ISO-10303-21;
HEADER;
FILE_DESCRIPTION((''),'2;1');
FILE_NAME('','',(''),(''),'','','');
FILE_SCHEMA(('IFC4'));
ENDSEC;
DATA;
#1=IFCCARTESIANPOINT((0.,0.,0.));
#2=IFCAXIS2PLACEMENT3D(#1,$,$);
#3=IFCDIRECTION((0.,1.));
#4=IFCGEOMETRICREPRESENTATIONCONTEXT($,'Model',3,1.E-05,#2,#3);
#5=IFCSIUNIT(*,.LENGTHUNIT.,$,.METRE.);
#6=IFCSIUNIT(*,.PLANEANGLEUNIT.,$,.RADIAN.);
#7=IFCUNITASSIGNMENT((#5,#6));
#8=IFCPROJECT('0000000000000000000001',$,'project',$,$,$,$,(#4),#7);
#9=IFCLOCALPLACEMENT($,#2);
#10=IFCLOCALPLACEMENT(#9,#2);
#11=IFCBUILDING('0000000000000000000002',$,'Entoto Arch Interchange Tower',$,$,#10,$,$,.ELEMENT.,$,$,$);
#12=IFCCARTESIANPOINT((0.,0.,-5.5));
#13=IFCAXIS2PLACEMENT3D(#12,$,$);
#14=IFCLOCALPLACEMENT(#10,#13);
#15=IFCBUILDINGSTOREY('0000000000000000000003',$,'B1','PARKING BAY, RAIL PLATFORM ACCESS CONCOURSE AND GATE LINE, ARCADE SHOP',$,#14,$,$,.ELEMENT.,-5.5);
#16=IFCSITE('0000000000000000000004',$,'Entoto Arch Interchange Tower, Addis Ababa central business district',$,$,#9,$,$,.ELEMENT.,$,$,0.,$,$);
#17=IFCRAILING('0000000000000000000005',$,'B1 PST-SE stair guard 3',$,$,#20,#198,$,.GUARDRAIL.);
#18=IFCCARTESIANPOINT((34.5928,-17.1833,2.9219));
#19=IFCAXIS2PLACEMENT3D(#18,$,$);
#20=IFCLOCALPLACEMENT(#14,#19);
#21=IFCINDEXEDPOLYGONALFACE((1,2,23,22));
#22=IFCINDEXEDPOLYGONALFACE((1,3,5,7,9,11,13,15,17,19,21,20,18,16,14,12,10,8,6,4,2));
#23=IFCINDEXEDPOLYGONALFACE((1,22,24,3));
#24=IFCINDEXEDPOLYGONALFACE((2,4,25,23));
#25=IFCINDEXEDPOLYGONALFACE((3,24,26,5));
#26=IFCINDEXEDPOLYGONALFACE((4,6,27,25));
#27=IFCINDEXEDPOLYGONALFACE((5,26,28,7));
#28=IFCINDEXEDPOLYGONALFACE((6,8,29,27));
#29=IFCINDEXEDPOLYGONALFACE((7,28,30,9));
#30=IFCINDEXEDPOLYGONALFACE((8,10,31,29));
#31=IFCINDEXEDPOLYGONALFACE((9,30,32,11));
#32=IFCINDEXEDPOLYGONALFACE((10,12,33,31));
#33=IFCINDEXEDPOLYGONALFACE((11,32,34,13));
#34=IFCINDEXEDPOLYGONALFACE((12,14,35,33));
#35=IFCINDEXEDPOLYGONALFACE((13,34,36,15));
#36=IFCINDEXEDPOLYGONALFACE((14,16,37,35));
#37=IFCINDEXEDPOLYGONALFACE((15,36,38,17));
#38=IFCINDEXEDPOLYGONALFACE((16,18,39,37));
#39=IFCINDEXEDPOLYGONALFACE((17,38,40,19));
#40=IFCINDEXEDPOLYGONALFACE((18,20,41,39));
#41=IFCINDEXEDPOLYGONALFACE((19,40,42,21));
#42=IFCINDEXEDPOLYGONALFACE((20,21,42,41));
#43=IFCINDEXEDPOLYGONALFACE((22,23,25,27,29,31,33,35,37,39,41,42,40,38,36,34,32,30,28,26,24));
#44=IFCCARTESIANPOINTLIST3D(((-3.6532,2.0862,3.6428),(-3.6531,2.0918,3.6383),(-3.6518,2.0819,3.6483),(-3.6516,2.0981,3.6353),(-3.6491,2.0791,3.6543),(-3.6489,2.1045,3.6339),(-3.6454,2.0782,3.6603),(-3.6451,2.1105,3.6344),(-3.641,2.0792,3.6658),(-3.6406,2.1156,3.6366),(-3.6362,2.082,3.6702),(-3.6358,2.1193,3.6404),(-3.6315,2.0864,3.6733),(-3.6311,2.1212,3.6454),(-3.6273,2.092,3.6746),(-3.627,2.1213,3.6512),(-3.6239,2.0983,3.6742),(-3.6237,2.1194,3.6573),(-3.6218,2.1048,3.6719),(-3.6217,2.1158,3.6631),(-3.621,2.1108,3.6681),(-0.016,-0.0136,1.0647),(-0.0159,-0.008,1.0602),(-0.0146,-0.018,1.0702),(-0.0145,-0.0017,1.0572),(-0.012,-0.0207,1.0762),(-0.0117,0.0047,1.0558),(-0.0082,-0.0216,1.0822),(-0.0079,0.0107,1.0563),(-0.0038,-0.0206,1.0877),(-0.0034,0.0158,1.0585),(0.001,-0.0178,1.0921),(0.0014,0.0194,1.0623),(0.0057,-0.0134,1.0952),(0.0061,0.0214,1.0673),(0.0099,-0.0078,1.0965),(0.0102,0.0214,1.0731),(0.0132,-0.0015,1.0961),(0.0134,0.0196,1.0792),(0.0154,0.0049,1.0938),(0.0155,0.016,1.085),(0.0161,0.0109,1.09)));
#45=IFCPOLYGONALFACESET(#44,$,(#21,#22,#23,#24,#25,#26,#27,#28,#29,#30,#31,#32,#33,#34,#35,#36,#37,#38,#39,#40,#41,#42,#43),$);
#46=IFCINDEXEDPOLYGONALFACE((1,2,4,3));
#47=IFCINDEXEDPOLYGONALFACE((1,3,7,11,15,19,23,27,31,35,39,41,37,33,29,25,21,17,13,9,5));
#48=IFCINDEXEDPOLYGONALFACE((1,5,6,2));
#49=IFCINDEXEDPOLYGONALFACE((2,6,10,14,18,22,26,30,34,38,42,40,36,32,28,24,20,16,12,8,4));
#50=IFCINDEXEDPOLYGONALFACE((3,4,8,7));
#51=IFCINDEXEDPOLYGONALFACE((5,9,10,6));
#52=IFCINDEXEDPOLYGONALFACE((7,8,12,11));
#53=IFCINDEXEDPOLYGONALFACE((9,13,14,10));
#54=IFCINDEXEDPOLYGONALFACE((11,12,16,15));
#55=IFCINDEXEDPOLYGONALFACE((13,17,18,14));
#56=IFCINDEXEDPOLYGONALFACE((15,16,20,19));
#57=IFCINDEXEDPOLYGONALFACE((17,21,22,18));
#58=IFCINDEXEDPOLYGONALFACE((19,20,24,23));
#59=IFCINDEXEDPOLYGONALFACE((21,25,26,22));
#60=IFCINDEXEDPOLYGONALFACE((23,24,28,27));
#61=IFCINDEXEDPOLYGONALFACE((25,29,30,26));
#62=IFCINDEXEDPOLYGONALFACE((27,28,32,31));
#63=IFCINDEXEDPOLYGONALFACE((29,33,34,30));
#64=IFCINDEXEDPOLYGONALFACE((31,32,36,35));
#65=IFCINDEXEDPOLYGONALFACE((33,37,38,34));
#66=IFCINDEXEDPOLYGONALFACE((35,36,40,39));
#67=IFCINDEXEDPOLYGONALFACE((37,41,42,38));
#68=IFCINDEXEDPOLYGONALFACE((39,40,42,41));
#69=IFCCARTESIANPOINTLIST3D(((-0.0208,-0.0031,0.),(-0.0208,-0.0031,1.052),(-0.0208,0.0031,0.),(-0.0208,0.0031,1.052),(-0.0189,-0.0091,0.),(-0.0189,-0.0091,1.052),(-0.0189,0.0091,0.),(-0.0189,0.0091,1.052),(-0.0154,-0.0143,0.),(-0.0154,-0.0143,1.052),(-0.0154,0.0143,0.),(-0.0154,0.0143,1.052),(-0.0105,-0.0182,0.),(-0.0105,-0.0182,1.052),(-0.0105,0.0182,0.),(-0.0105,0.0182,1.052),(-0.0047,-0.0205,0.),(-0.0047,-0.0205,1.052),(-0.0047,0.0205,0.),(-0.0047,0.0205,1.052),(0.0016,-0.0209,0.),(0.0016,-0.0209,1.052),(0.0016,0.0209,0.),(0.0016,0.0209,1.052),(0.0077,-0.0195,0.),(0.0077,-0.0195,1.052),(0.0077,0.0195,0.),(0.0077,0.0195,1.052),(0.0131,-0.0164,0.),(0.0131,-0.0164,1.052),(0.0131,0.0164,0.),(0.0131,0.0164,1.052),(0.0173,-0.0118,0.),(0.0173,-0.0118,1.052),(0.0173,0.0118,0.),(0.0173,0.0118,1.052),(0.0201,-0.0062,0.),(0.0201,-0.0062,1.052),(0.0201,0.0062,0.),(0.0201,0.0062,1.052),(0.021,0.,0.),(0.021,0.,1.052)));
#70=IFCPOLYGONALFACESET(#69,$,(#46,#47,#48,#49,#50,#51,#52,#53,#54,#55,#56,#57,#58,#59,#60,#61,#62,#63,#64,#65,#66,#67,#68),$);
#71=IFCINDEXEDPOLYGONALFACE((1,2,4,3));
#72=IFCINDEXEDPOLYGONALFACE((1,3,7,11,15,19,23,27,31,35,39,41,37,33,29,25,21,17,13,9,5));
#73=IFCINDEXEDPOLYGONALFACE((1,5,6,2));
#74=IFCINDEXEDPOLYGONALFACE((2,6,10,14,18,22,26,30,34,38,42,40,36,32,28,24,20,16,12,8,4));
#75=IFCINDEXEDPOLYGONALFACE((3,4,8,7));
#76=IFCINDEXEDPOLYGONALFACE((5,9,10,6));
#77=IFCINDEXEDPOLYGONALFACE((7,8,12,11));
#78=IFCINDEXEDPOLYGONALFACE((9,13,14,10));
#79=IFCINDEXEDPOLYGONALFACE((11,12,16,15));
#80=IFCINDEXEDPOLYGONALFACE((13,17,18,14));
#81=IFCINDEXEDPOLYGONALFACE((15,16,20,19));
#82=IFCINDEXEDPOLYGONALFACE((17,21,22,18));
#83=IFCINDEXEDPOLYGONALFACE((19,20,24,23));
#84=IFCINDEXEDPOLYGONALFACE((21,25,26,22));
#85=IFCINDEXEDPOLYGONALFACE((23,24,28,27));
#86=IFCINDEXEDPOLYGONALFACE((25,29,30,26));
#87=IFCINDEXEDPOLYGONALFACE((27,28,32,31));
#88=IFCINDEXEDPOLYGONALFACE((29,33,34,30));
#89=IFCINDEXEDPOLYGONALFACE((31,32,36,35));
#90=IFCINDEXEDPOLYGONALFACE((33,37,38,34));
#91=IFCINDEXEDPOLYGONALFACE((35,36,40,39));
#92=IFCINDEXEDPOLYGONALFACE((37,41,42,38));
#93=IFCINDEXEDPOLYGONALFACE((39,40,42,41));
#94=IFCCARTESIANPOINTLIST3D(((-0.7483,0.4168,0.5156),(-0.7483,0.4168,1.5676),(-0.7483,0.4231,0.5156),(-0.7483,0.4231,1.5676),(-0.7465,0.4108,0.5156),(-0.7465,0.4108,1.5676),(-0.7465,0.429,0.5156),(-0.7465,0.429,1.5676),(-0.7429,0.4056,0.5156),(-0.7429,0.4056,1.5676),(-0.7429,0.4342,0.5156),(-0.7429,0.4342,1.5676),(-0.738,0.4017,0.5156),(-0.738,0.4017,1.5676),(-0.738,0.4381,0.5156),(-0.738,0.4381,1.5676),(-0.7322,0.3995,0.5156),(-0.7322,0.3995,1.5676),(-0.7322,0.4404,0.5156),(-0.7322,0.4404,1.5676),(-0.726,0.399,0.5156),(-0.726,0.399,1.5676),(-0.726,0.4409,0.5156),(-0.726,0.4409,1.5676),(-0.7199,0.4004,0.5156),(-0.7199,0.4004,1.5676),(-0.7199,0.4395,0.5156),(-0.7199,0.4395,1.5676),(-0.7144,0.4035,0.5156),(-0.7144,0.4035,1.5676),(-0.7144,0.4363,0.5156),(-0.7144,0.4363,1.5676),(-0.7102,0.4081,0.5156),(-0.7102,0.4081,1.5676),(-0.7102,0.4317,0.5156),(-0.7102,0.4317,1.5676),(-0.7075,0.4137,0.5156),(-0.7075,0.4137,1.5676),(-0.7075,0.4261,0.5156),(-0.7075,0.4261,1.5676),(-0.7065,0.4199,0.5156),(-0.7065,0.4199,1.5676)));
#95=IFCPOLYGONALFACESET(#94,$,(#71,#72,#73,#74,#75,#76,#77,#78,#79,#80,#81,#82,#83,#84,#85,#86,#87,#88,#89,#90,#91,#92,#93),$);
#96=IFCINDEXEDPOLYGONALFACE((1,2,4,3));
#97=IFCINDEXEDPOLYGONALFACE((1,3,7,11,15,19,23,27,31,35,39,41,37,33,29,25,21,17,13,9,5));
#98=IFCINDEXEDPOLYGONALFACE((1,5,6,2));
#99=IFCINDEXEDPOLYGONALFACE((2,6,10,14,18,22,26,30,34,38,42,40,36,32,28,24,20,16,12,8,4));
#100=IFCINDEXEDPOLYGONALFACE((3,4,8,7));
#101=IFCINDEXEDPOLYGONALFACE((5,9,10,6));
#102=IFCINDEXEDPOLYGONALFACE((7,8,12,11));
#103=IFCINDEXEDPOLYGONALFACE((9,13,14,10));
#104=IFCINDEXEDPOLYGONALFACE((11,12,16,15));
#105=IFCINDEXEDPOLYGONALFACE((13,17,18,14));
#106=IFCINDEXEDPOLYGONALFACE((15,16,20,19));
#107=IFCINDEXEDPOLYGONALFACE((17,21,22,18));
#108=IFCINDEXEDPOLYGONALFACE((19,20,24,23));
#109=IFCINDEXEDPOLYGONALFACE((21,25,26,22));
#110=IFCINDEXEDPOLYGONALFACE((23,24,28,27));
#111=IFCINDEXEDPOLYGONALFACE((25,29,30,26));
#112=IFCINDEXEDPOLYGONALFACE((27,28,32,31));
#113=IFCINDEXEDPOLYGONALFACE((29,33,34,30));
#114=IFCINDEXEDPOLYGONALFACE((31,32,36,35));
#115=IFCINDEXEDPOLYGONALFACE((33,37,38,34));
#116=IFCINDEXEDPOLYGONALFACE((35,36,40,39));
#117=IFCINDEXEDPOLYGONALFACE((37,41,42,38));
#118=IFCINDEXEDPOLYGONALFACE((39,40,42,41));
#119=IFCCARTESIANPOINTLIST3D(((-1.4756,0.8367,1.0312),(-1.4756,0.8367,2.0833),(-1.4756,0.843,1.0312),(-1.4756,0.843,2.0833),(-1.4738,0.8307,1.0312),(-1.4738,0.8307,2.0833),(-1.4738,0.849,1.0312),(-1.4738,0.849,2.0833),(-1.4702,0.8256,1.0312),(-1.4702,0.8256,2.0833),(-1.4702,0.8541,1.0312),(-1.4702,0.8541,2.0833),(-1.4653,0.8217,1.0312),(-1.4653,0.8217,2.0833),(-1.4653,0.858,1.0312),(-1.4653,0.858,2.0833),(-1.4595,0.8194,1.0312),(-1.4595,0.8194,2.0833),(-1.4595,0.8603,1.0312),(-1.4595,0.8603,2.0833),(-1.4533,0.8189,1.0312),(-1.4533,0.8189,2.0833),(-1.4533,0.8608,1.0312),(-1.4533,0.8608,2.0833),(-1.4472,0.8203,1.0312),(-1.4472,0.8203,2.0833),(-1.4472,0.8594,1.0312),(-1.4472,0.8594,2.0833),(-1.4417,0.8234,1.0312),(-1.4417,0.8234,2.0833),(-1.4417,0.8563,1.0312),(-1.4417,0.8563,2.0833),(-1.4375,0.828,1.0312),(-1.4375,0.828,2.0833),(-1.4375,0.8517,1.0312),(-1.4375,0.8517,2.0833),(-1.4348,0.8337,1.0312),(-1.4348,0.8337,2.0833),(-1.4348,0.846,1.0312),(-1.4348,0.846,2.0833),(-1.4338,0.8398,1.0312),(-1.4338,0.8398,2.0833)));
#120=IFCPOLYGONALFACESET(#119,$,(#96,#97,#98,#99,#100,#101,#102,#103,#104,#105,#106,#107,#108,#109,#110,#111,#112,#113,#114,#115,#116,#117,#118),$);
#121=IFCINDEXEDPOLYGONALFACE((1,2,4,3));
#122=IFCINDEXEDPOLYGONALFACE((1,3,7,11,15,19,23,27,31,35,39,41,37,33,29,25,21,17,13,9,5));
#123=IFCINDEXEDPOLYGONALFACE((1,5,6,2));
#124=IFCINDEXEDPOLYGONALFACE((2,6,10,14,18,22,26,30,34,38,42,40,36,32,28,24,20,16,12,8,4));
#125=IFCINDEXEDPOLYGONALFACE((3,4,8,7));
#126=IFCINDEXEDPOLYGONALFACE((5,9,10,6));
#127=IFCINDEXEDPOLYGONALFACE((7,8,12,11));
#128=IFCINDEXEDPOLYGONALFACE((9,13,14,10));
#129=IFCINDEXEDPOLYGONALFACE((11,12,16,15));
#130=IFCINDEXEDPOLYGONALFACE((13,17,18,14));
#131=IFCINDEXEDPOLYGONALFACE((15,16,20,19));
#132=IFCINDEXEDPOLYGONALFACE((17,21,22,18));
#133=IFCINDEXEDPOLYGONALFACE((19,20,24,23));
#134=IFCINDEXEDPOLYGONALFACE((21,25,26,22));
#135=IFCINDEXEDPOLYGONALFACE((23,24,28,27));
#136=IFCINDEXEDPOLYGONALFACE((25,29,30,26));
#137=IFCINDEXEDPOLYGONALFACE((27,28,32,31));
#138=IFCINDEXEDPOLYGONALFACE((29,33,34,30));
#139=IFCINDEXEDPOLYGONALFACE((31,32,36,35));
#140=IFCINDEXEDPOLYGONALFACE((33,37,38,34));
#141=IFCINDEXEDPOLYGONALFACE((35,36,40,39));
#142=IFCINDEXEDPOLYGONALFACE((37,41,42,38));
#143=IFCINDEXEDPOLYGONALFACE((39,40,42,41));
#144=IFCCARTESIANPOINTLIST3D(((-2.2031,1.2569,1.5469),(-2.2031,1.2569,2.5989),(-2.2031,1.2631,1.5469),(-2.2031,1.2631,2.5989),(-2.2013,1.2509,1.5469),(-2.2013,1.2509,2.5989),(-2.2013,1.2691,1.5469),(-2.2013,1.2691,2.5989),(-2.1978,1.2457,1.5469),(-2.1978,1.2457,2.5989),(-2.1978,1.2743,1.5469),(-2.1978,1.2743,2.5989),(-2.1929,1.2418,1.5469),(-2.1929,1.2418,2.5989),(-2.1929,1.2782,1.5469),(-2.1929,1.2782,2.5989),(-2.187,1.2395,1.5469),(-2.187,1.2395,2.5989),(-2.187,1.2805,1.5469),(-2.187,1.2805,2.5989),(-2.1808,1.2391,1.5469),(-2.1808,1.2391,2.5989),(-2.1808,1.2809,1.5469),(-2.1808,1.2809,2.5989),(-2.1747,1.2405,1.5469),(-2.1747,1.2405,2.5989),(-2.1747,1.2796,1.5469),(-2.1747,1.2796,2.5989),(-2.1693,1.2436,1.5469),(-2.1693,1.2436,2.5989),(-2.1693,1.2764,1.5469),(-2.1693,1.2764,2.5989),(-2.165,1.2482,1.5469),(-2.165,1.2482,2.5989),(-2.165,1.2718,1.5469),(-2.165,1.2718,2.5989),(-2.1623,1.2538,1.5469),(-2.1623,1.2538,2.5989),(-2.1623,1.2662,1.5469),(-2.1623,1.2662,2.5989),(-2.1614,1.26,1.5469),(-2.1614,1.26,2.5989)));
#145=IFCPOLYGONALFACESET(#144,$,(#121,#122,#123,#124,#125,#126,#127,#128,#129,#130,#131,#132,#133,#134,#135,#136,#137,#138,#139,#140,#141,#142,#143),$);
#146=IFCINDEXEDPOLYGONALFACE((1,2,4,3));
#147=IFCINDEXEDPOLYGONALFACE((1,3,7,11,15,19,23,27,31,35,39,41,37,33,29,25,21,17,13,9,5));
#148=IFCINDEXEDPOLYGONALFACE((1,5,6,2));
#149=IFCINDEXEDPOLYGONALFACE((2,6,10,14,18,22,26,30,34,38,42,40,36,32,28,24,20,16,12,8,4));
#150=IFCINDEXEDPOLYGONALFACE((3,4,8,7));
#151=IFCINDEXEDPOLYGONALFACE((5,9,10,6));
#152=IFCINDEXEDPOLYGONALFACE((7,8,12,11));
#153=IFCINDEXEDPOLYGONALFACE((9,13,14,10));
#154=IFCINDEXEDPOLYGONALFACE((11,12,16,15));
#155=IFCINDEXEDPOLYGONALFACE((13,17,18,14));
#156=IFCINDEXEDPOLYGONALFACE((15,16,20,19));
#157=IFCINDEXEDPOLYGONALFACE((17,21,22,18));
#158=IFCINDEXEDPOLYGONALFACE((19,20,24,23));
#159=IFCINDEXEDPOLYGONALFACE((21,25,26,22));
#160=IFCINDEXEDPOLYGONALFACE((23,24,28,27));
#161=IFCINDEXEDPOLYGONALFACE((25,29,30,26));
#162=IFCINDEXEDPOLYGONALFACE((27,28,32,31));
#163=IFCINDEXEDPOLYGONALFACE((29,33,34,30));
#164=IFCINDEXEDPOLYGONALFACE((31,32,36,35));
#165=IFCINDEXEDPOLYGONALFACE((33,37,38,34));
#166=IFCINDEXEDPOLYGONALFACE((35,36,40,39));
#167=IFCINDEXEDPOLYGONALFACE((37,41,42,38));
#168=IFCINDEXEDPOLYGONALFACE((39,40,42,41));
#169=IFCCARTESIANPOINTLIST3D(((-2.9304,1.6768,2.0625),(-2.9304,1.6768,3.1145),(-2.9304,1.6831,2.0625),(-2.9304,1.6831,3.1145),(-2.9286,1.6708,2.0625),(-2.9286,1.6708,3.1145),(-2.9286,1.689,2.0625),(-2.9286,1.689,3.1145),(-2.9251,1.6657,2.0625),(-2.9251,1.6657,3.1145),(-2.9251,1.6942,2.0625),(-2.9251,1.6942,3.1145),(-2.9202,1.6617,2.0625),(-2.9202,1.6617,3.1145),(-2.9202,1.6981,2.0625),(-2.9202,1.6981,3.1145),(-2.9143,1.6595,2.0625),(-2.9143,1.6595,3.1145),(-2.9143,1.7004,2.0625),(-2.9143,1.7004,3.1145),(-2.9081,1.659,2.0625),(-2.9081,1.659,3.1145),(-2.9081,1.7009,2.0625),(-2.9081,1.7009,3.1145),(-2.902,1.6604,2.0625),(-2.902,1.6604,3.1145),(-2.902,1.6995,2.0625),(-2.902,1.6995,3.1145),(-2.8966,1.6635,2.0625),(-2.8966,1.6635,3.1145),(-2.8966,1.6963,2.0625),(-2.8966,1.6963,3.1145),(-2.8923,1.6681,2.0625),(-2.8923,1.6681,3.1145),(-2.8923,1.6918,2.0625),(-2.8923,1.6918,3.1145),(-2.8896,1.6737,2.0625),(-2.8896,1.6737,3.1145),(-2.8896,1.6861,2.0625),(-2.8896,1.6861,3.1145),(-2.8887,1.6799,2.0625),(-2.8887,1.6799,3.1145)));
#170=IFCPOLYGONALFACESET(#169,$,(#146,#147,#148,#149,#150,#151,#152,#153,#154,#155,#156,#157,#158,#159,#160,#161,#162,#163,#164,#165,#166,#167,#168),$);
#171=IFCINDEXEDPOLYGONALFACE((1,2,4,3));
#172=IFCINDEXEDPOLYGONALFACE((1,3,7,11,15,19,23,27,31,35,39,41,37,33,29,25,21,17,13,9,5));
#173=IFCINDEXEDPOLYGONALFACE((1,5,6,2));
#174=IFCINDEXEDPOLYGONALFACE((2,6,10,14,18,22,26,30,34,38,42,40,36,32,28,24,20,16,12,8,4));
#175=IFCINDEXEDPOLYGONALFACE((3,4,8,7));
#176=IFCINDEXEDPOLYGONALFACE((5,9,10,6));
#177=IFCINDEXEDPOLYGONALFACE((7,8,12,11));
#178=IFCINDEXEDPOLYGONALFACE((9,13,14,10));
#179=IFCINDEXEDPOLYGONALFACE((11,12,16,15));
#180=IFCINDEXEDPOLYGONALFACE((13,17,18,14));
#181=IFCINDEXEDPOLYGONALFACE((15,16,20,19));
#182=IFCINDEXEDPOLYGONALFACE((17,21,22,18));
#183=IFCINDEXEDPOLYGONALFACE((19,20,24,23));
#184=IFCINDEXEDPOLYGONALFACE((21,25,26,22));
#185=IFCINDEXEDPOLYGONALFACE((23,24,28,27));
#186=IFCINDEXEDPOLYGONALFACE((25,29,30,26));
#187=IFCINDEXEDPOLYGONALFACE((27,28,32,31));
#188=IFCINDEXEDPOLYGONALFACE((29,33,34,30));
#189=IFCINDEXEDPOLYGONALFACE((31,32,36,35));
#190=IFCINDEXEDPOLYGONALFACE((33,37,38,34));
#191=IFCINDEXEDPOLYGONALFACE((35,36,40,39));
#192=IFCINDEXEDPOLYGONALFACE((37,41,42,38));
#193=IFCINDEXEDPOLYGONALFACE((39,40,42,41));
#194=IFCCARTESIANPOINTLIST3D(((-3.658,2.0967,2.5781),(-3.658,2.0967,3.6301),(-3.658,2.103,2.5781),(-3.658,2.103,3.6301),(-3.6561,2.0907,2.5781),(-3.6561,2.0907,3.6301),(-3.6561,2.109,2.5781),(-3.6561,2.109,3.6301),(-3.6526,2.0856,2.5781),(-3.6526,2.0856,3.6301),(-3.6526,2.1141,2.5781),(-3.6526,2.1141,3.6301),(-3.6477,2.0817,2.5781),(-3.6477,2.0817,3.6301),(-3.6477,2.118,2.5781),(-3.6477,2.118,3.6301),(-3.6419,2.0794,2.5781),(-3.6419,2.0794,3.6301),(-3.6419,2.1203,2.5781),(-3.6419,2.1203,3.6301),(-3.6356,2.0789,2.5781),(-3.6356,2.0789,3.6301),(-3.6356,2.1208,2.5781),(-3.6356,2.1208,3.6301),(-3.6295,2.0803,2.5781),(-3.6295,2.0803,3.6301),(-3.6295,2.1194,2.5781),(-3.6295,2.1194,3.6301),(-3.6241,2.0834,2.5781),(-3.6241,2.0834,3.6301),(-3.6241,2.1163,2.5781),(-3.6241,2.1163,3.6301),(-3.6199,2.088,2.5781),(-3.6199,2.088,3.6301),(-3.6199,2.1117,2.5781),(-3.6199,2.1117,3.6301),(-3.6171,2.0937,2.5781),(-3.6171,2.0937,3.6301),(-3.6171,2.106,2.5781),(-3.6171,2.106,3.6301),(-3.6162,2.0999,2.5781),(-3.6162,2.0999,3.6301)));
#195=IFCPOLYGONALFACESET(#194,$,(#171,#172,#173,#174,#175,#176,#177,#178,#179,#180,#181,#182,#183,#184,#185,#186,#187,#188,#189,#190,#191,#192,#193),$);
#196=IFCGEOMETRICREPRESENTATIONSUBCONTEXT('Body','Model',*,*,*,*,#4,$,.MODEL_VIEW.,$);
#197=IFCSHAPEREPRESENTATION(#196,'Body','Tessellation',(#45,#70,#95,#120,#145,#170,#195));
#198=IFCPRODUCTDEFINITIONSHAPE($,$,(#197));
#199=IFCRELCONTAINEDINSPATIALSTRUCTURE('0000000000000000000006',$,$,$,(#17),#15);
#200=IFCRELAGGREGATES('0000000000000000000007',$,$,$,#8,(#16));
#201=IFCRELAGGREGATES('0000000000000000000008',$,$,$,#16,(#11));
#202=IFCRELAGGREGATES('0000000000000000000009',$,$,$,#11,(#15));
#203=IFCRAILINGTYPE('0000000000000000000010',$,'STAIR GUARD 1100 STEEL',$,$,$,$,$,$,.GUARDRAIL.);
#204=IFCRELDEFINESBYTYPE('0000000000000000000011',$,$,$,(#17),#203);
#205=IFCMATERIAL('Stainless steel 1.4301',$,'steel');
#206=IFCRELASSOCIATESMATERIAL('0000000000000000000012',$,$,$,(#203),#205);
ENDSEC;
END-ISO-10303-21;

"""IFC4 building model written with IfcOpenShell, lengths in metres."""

from ifc_helpers import new_model, si_unit, direction, frame, origin, origin_2d, place, context, subcontext, project, spatial, circle, extrude, material, type_object, element, save


model = new_model("IFC4")

# Units and contexts
model_context = context("Model", 3, precision=1e-05, world=origin(), true_north=direction((0.0, 1.0)))
body_context = subcontext(model_context, "Body", "Model", "MODEL_VIEW")
ifc_project = project(units=[si_unit("LENGTHUNIT", "METRE"), si_unit("PLANEANGLEUNIT", "RADIAN")], contexts=[model_context])

# Site, building, storey
site_placement = place(None, origin())
site = spatial("IfcSite", under=ifc_project, at=site_placement, Name="Entoto Arch Interchange Tower, Addis Ababa central business district", CompositionType="ELEMENT", RefElevation=0.0)
building_placement = place(site_placement, origin())
building = spatial("IfcBuilding", under=site, at=building_placement, Name="Entoto Arch Interchange Tower", CompositionType="ELEMENT")
storey_placement = place(building_placement, frame((0.0, 0.0, -5.5)))
storey = spatial("IfcBuildingStorey", under=building, at=storey_placement, Name="B1", Description="PARKING BAY, RAIL PLATFORM ACCESS CONCOURSE AND GATE LINE, ARCADE SHOP", CompositionType="ELEMENT", Elevation=-5.5)

# Railing
ifc_material_1 = material(Name="Stainless steel 1.4301", Category="steel")
railing_type_1 = type_object("IfcRailingType", Name="STAIR GUARD 1100 STEEL", PredefinedType="GUARDRAIL", material=ifc_material_1)
railing_1_placement = place(storey_placement, frame((34.5928, -17.1833, 2.9219)))
element("IfcRailing", 1, at=railing_1_placement, inside=storey, type_object=railing_type_1, Name="B1 PST-SE stair guard 3", PredefinedType="GUARDRAIL", context=body_context, shape_type="SweptSolid", body=[
    extrude(circle(Radius=0.0239, at=origin_2d()), frame((0.0, 0.0, 1.0762), z_axis=(-0.738067, 0.426105, 0.523156), x_axis=(-0.499984, -0.866035, 0.0)), (0.0, 0.0, 1.0), 4.928),
    extrude(circle(Radius=0.021, at=origin_2d()), origin(), (0.0, 0.0, 1.0), 1.052),
    extrude(circle(Radius=0.021, at=origin_2d()), frame((-0.7275, 0.4199, 0.5156)), (0.0, 0.0, 1.0), 1.052),
    extrude(circle(Radius=0.021, at=origin_2d()), frame((-1.4548, 0.8398, 1.0312)), (0.0, 0.0, 1.0), 1.052),
    extrude(circle(Radius=0.021, at=origin_2d()), frame((-2.1824, 1.26, 1.5469)), (0.0, 0.0, 1.0), 1.052),
    extrude(circle(Radius=0.021, at=origin_2d()), frame((-2.9097, 1.6799, 2.0625)), (0.0, 0.0, 1.0), 1.052),
    extrude(circle(Radius=0.021, at=origin_2d()), frame((-3.6372, 2.0999, 2.5781)), (0.0, 0.0, 1.0), 1.052),
])

save(model, "model.ifc")
